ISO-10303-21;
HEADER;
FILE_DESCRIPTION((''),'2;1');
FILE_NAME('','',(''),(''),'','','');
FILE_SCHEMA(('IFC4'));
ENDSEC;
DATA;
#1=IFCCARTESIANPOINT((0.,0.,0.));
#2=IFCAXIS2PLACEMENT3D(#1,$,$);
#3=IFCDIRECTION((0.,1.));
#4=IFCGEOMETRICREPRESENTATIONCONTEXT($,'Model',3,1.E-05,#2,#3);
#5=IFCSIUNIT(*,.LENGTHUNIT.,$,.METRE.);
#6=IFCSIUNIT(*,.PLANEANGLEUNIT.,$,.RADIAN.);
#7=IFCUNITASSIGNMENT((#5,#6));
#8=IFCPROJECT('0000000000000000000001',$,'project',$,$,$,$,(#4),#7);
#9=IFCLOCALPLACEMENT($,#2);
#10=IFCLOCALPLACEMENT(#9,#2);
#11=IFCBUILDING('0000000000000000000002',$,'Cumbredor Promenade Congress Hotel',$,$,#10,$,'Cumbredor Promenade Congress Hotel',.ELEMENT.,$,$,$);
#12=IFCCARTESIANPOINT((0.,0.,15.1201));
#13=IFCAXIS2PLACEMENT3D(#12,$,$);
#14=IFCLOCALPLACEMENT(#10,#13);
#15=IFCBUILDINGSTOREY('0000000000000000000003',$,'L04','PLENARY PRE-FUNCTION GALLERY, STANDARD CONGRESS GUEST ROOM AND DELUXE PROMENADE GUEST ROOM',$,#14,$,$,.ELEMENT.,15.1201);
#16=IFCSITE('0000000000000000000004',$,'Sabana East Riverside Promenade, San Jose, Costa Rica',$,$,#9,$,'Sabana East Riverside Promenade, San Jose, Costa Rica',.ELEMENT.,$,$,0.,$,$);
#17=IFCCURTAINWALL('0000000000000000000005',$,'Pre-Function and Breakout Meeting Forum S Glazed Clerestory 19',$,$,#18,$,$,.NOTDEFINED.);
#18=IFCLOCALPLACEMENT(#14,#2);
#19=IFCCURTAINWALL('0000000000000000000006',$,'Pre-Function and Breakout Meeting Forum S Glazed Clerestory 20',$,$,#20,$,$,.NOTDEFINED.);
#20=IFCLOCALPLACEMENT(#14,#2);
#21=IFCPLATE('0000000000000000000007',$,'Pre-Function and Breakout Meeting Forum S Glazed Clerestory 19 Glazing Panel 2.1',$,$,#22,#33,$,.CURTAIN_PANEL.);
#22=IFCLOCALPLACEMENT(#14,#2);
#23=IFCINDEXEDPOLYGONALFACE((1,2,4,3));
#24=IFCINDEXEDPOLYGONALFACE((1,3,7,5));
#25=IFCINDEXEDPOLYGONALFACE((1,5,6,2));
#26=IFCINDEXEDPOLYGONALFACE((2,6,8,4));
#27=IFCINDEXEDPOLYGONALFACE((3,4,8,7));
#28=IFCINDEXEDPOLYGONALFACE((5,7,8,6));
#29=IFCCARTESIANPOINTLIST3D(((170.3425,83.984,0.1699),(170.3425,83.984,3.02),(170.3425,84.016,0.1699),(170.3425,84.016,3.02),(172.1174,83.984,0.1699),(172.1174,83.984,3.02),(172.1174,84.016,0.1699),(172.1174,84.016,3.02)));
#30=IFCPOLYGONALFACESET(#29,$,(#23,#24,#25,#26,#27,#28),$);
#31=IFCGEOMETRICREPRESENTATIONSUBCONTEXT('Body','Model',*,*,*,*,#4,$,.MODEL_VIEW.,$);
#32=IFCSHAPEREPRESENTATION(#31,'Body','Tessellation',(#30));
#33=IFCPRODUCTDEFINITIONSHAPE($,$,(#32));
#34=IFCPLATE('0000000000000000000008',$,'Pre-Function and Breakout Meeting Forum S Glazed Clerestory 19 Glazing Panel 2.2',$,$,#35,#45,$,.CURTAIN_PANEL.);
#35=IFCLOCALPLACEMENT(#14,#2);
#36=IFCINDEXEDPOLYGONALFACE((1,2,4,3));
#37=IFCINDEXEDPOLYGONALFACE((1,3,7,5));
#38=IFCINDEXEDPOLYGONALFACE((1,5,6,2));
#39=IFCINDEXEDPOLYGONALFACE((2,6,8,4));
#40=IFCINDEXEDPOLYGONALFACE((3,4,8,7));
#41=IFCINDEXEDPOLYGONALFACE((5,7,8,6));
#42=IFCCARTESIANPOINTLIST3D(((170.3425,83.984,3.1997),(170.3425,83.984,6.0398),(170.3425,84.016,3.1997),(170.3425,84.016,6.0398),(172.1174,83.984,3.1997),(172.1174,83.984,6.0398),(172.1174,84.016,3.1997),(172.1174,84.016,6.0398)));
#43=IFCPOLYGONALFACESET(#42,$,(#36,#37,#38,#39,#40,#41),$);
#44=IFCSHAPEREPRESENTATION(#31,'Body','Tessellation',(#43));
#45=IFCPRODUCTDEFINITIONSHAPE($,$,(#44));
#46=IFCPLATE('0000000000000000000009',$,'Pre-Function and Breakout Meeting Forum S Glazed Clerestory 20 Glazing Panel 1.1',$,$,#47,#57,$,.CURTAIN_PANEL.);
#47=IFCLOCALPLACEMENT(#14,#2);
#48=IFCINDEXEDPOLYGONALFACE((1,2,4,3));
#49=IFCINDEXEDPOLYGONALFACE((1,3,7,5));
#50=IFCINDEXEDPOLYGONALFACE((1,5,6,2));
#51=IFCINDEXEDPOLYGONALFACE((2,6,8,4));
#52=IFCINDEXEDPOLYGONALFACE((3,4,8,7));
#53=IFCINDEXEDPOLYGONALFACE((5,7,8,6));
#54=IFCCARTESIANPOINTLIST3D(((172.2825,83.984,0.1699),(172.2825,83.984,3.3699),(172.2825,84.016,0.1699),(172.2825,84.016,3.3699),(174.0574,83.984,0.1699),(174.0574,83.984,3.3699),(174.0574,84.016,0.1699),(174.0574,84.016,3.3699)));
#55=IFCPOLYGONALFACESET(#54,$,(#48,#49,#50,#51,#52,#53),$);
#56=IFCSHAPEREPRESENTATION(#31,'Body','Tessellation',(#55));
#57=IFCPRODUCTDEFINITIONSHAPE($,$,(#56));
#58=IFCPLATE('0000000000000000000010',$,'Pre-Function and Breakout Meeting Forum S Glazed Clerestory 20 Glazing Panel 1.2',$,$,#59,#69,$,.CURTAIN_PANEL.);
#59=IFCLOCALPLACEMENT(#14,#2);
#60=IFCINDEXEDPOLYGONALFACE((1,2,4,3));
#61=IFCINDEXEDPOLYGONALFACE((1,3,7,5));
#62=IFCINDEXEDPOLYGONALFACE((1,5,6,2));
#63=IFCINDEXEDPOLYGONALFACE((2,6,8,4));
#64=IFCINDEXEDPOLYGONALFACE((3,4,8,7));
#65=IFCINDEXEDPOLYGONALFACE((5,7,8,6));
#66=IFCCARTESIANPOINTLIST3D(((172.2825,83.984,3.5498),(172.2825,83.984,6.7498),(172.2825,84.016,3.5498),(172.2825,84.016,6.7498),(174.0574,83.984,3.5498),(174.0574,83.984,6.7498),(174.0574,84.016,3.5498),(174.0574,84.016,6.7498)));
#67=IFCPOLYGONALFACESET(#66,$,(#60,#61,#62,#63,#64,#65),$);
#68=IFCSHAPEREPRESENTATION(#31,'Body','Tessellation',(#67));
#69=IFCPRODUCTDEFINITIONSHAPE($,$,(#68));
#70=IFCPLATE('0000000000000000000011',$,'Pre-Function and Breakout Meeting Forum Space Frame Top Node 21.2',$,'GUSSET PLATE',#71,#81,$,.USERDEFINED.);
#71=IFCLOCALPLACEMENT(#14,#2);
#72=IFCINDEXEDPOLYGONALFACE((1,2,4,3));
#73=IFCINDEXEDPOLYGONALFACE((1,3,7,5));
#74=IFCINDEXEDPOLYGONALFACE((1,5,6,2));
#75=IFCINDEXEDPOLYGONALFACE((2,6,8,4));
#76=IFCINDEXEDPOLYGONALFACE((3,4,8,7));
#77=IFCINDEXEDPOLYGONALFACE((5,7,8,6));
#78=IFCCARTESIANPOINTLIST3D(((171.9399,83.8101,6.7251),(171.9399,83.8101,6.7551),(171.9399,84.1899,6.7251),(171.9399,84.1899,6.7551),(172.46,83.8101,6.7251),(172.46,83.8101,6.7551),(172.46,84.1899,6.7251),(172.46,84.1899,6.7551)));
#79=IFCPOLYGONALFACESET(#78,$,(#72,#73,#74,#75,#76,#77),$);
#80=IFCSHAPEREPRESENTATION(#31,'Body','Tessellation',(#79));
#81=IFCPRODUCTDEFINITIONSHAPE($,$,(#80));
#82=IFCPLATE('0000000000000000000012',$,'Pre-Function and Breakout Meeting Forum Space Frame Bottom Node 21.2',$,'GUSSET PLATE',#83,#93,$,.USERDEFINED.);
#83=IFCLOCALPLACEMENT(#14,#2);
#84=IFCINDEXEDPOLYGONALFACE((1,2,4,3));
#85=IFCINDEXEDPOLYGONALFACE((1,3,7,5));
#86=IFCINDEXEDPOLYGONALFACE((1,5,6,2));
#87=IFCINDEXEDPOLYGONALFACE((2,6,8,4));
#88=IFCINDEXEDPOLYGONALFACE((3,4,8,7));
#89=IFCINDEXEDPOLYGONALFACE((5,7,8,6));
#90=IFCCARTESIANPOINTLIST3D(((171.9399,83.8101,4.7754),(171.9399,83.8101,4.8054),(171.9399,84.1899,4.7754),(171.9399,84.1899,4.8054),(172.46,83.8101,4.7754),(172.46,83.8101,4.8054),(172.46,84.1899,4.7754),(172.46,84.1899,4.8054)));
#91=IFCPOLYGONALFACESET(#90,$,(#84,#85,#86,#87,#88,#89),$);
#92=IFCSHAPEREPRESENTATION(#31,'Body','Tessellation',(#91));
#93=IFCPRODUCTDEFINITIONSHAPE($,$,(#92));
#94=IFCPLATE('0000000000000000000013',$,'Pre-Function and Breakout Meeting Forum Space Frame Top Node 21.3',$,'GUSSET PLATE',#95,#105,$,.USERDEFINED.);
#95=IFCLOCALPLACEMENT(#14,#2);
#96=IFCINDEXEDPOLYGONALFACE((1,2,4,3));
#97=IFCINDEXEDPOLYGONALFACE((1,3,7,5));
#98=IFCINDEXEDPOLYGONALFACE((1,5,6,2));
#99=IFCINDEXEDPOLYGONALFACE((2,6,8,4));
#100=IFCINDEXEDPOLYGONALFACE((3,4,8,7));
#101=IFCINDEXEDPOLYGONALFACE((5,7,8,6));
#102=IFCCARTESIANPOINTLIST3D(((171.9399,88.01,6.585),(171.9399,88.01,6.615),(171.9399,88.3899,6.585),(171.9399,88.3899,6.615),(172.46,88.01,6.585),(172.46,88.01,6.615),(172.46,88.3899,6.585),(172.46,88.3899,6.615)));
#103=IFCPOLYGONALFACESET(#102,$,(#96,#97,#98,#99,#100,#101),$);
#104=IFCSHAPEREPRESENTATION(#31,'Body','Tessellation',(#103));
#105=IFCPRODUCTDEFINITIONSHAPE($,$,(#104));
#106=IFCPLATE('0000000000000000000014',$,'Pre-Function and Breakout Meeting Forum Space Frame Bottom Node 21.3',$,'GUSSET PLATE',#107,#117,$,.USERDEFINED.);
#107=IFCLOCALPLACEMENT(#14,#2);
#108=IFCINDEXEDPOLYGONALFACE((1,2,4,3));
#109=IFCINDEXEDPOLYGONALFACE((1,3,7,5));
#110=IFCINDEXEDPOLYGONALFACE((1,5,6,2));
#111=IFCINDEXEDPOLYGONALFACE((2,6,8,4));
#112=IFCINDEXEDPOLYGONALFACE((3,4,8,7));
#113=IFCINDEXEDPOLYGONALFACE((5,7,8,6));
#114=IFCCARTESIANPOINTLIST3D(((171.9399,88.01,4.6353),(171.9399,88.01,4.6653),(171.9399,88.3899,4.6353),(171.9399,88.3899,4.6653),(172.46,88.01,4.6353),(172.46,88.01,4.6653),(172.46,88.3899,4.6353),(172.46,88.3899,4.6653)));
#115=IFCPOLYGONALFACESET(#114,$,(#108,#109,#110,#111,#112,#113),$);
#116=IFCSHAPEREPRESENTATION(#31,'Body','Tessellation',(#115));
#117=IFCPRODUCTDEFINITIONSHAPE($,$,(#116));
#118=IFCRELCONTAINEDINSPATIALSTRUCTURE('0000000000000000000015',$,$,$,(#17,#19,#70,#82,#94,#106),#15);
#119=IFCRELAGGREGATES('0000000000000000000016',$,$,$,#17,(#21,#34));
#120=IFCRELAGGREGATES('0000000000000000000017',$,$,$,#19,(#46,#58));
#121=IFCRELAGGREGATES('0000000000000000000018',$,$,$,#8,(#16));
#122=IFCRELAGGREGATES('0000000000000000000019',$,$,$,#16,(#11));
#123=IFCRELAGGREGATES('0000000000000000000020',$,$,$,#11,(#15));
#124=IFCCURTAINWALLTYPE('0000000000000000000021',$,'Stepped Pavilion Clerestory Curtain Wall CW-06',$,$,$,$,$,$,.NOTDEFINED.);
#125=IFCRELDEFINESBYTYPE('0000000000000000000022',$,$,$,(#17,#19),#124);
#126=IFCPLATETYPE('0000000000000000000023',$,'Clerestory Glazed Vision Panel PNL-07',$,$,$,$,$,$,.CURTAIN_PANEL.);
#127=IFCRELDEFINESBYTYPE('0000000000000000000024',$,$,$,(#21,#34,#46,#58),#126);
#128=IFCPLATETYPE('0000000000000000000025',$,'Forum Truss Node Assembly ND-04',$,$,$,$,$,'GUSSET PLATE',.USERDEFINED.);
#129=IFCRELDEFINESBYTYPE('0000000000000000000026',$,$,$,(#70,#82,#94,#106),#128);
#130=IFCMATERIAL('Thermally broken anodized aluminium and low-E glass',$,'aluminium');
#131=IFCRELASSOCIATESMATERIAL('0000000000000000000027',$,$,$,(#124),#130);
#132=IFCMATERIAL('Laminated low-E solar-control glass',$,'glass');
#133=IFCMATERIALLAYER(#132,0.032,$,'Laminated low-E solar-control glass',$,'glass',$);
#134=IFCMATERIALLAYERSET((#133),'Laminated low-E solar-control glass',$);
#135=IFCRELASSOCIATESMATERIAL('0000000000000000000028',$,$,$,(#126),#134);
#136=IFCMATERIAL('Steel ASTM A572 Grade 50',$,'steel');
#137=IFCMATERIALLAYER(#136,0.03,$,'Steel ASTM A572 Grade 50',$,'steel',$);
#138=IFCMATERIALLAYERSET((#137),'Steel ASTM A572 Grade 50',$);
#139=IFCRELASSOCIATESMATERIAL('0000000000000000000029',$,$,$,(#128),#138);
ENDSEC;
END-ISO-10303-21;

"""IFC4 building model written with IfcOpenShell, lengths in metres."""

from ifc_helpers import new_model, si_unit, direction, frame, origin, origin_2d, place, context, subcontext, project, spatial, rectangle, extrude, material, layer, layer_set, type_object, element, aggregate, save


model = new_model("IFC4")

# Units and contexts
model_context = context("Model", 3, precision=1e-05, world=origin(), true_north=direction((0.0, 1.0)))
body_context = subcontext(model_context, "Body", "Model", "MODEL_VIEW")
ifc_project = project(units=[si_unit("LENGTHUNIT", "METRE"), si_unit("PLANEANGLEUNIT", "RADIAN")], contexts=[model_context])

# Site, building, storey
site_placement = place(None, origin())
site = spatial("IfcSite", under=ifc_project, at=site_placement, Name="Sabana East Riverside Promenade, San Jose, Costa Rica", LongName="Sabana East Riverside Promenade, San Jose, Costa Rica", CompositionType="ELEMENT", RefElevation=0.0)
building_placement = place(site_placement, origin())
building = spatial("IfcBuilding", under=site, at=building_placement, Name="Cumbredor Promenade Congress Hotel", LongName="Cumbredor Promenade Congress Hotel", CompositionType="ELEMENT")
storey_placement = place(building_placement, frame((0.0, 0.0, 15.1201)))
storey = spatial("IfcBuildingStorey", under=building, at=storey_placement, Name="L04", Description="PLENARY PRE-FUNCTION GALLERY, STANDARD CONGRESS GUEST ROOM AND DELUXE PROMENADE GUEST ROOM", CompositionType="ELEMENT", Elevation=15.1201)

# Curtain walls
ifc_material_1 = material(Name="Thermally broken anodized aluminium and low-E glass", Category="aluminium")
curtain_wall_type = type_object("IfcCurtainWallType", Name="Stepped Pavilion Clerestory Curtain Wall CW-06", PredefinedType="NOTDEFINED", material=ifc_material_1)
curtain_wall_1_placement = place(storey_placement, origin())
curtain_wall_1 = element("IfcCurtainWall", 1, at=curtain_wall_1_placement, inside=storey, type_object=curtain_wall_type, Name="Pre-Function and Breakout Meeting Forum S Glazed Clerestory 19", PredefinedType="NOTDEFINED")
curtain_wall_2_placement = place(storey_placement, origin())
curtain_wall_2 = element("IfcCurtainWall", 2, at=curtain_wall_2_placement, inside=storey, type_object=curtain_wall_type, Name="Pre-Function and Breakout Meeting Forum S Glazed Clerestory 20", PredefinedType="NOTDEFINED")

# Plates
ifc_material_2 = material(Name="Laminated low-E solar-control glass", Category="glass")
ifc_layer_1 = layer(ifc_material_2, 0.032, Name="Laminated low-E solar-control glass", Category="glass")
ifc_layer_set_1 = layer_set([ifc_layer_1], Name="Laminated low-E solar-control glass")
plate_type_1 = type_object("IfcPlateType", Name="Clerestory Glazed Vision Panel PNL-07", PredefinedType="CURTAIN_PANEL", material=ifc_layer_set_1)
plate_1_placement = place(storey_placement, frame((171.23, 84.0, 0.1699), z_axis=(0.0, 0.0, 1.0), x_axis=(1.0, 0.0, 0.0)))
plate_1 = element("IfcPlate", 3, at=plate_1_placement, type_object=plate_type_1, Name="Pre-Function and Breakout Meeting Forum S Glazed Clerestory 19 Glazing Panel 2.1", PredefinedType="CURTAIN_PANEL", context=body_context, shape_type="SweptSolid", body=[
    extrude(rectangle(XDim=1.7749, YDim=0.032, at=origin_2d()), origin(), (0.0, 0.0, 1.0), 2.8501),
])
plate_2_placement = place(storey_placement, frame((171.23, 84.0, 3.1997), z_axis=(0.0, 0.0, 1.0), x_axis=(1.0, 0.0, 0.0)))
plate_2 = element("IfcPlate", 4, at=plate_2_placement, type_object=plate_type_1, Name="Pre-Function and Breakout Meeting Forum S Glazed Clerestory 19 Glazing Panel 2.2", PredefinedType="CURTAIN_PANEL", context=body_context, shape_type="SweptSolid", body=[
    extrude(rectangle(XDim=1.7749, YDim=0.032, at=origin_2d()), origin(), (0.0, 0.0, 1.0), 2.8401),
])
aggregate(curtain_wall_1, [plate_1, plate_2])
plate_3_placement = place(storey_placement, frame((173.1699, 84.0, 0.1699), z_axis=(0.0, 0.0, 1.0), x_axis=(1.0, 0.0, 0.0)))
plate_3 = element("IfcPlate", 5, at=plate_3_placement, type_object=plate_type_1, Name="Pre-Function and Breakout Meeting Forum S Glazed Clerestory 20 Glazing Panel 1.1", PredefinedType="CURTAIN_PANEL", context=body_context, shape_type="SweptSolid", body=[
    extrude(rectangle(XDim=1.7749, YDim=0.032, at=origin_2d()), origin(), (0.0, 0.0, 1.0), 3.2),
])
plate_4_placement = place(storey_placement, frame((173.1699, 84.0, 3.5498), z_axis=(0.0, 0.0, 1.0), x_axis=(1.0, 0.0, 0.0)))
plate_4 = element("IfcPlate", 6, at=plate_4_placement, type_object=plate_type_1, Name="Pre-Function and Breakout Meeting Forum S Glazed Clerestory 20 Glazing Panel 1.2", PredefinedType="CURTAIN_PANEL", context=body_context, shape_type="SweptSolid", body=[
    extrude(rectangle(XDim=1.7749, YDim=0.032, at=origin_2d()), origin(), (0.0, 0.0, 1.0), 3.2),
])
aggregate(curtain_wall_2, [plate_3, plate_4])

# Plates
ifc_material_3 = material(Name="Steel ASTM A572 Grade 50", Category="steel")
ifc_layer_2 = layer(ifc_material_3, 0.03, Name="Steel ASTM A572 Grade 50", Category="steel")
ifc_layer_set_2 = layer_set([ifc_layer_2], Name="Steel ASTM A572 Grade 50")
plate_type_2 = type_object("IfcPlateType", Name="Forum Truss Node Assembly ND-04", ElementType="GUSSET PLATE", PredefinedType="USERDEFINED", material=ifc_layer_set_2)
for number, where, z_axis, x_axis, name in (
    (7, (172.2, 84.0, 6.7251), (0.0, 0.0, 1.0), (1.0, 0.0, 0.0), "Pre-Function and Breakout Meeting Forum Space Frame Top Node 21.2"),
    (8, (172.2, 84.0, 4.7754), (0.0, 0.0, 1.0), (1.0, 0.0, 0.0), "Pre-Function and Breakout Meeting Forum Space Frame Bottom Node 21.2"),
    (9, (172.2, 88.2, 6.585), (0.0, 0.0, 1.0), (1.0, 0.0, 0.0), "Pre-Function and Breakout Meeting Forum Space Frame Top Node 21.3"),
    (10, (172.2, 88.2, 4.6353), (0.0, 0.0, 1.0), (1.0, 0.0, 0.0), "Pre-Function and Breakout Meeting Forum Space Frame Bottom Node 21.3"),
):
    element("IfcPlate", number, at=place(storey_placement, frame(where, z_axis=z_axis, x_axis=x_axis)), inside=storey, type_object=plate_type_2, Name=name, ObjectType="GUSSET PLATE", PredefinedType="USERDEFINED", context=body_context, shape_type="SweptSolid", body=[
        extrude(rectangle(XDim=0.52, YDim=0.3799, at=origin_2d()), origin(), (0.0, 0.0, 1.0), 0.03),
    ])

save(model, "model.ifc")
